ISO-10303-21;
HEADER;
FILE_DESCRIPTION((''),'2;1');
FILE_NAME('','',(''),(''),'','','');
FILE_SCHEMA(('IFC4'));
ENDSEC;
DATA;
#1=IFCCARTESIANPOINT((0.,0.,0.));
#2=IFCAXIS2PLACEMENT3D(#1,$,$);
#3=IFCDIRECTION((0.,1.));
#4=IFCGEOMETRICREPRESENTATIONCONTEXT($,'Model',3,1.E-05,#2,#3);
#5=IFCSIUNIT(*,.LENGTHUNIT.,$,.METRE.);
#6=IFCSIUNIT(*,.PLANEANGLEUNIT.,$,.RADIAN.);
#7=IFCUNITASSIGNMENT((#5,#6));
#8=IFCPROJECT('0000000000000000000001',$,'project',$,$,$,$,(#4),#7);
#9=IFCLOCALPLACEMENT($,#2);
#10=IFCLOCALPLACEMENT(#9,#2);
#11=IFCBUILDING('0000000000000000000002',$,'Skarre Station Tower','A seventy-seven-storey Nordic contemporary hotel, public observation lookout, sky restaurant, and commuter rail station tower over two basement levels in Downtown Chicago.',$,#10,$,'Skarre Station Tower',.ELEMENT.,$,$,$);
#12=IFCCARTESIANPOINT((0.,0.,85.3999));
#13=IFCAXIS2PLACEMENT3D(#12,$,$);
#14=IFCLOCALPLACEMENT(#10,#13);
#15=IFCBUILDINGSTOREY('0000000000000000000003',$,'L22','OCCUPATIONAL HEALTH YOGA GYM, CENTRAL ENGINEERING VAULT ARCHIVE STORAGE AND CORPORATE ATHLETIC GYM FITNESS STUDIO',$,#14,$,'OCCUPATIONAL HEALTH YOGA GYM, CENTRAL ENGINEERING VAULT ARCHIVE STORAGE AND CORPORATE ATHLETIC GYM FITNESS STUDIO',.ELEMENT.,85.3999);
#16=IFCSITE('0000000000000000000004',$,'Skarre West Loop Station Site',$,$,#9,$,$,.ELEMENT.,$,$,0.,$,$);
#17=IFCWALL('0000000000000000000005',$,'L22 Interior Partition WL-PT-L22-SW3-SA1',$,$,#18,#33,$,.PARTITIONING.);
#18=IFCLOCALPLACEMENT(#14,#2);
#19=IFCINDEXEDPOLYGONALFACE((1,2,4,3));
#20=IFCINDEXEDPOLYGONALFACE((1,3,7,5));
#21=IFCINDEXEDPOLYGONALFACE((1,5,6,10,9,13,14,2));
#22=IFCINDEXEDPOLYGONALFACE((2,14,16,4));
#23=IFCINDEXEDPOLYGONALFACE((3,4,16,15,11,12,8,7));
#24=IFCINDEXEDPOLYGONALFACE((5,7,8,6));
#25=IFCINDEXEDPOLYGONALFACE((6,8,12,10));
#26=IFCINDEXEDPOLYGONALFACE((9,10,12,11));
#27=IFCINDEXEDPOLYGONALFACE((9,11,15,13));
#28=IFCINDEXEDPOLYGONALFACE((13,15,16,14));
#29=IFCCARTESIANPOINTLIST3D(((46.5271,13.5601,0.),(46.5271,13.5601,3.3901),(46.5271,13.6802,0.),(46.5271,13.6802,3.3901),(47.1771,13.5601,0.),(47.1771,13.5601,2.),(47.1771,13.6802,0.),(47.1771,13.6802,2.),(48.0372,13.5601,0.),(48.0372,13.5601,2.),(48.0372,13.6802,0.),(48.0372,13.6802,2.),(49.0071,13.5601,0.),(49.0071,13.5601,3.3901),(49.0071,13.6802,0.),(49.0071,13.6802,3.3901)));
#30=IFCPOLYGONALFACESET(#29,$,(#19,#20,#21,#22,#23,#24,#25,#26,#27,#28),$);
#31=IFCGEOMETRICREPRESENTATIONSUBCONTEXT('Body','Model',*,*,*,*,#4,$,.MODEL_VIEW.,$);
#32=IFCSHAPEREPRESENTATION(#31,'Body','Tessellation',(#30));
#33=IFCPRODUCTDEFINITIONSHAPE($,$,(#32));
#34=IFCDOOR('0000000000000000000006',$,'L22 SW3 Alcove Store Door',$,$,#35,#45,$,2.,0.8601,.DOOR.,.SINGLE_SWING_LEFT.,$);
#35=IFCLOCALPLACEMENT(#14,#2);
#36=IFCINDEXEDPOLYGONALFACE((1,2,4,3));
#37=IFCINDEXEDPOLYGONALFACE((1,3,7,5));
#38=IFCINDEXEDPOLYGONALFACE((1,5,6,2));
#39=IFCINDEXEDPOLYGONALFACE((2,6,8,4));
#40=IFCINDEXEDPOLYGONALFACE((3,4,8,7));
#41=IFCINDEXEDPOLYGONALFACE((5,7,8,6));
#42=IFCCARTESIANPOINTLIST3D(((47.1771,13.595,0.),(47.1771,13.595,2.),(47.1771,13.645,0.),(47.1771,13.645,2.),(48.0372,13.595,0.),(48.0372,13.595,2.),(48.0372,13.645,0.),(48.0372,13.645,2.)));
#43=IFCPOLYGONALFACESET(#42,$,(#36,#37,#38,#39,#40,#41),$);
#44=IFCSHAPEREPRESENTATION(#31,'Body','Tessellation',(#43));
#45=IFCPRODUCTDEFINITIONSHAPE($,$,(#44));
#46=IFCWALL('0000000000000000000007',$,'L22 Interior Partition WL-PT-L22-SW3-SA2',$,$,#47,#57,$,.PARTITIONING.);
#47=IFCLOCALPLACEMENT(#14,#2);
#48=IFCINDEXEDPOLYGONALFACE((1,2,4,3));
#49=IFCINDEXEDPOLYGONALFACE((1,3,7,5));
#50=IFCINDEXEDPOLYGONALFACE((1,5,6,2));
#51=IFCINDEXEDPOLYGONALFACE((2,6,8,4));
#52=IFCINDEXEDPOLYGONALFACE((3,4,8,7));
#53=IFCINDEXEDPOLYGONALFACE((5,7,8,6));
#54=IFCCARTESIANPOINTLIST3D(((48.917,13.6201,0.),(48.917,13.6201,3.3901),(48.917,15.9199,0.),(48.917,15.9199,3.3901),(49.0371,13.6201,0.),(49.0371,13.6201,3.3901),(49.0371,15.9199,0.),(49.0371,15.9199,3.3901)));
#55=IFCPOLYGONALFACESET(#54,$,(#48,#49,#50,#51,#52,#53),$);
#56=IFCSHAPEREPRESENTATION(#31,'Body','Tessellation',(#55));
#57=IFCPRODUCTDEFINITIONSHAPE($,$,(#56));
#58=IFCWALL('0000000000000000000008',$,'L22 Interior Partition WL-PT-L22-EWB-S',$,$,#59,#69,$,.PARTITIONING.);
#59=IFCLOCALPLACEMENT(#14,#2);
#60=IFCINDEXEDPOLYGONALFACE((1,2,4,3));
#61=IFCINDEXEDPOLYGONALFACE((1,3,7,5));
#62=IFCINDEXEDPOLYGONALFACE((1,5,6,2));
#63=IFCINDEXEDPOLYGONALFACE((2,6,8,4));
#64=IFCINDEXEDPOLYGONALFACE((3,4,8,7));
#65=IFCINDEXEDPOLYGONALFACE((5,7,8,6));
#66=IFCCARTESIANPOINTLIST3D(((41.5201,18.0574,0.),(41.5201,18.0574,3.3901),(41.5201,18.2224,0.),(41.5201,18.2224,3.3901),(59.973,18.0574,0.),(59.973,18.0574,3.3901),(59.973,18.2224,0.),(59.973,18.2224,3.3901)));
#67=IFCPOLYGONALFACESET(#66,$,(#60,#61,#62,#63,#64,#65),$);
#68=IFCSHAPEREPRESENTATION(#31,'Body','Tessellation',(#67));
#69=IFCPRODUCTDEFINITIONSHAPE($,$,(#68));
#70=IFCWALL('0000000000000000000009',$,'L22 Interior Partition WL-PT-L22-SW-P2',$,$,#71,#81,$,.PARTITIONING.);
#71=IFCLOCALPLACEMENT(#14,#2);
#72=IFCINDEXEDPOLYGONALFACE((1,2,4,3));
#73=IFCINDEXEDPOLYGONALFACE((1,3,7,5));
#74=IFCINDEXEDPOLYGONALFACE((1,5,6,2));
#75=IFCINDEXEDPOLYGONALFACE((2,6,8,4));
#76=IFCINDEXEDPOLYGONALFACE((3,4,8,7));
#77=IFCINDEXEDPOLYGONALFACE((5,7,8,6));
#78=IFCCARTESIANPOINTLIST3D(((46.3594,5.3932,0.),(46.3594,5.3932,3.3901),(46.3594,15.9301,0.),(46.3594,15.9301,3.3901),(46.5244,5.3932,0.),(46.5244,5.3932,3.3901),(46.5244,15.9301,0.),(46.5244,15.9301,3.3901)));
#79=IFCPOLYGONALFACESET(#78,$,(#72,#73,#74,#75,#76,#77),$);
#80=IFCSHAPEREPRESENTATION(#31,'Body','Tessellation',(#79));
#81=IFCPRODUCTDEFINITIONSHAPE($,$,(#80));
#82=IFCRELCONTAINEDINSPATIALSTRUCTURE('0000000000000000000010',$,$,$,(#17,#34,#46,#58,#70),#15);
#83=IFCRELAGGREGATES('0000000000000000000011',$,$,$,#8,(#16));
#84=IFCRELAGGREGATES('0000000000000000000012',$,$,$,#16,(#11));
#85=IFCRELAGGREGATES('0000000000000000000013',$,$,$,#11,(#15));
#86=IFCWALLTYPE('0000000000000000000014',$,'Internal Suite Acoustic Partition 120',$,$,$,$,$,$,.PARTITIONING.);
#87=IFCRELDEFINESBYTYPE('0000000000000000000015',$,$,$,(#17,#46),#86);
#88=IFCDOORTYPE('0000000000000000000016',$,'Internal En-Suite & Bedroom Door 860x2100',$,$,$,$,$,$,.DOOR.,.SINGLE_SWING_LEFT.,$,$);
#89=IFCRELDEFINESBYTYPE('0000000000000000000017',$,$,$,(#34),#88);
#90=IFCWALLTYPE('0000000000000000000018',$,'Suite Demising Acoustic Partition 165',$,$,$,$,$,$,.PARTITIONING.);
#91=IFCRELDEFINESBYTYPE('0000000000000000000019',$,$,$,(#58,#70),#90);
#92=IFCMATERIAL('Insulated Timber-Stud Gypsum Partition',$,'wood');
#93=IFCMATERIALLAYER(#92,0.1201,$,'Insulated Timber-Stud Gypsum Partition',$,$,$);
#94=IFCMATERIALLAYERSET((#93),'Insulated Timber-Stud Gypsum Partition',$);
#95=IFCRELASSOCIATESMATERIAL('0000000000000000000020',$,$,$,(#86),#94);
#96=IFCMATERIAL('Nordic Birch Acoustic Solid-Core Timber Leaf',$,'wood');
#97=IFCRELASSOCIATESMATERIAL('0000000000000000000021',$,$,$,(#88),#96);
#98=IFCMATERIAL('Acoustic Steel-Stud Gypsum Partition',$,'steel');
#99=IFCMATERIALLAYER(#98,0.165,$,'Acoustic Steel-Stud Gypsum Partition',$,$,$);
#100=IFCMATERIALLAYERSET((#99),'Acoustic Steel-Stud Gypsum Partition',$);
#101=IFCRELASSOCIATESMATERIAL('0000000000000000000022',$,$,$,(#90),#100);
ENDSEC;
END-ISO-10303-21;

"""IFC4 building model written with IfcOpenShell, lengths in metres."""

from ifc_helpers import new_model, si_unit, direction, frame, frame_2d, origin, place, context, subcontext, project, spatial, rectangle, extrude, material, layer, layer_set, type_object, element, fill, save


model = new_model("IFC4")

# Units and contexts
model_context = context("Model", 3, precision=1e-05, world=origin(), true_north=direction((0.0, 1.0)))
body_context = subcontext(model_context, "Body", "Model", "MODEL_VIEW")
ifc_project = project(units=[si_unit("LENGTHUNIT", "METRE"), si_unit("PLANEANGLEUNIT", "RADIAN")], contexts=[model_context])

# Site, building, storey
site_placement = place(None, origin())
site = spatial("IfcSite", under=ifc_project, at=site_placement, Name="Skarre West Loop Station Site", CompositionType="ELEMENT", RefElevation=0.0)
building_placement = place(site_placement, origin())
building = spatial("IfcBuilding", under=site, at=building_placement, Name="Skarre Station Tower", Description="A seventy-seven-storey Nordic contemporary hotel, public observation lookout, sky restaurant, and commuter rail station tower over two basement levels in Downtown Chicago.", LongName="Skarre Station Tower", CompositionType="ELEMENT")
storey_placement = place(building_placement, frame((0.0, 0.0, 85.3999)))
storey = spatial("IfcBuildingStorey", under=building, at=storey_placement, Name="L22", Description="OCCUPATIONAL HEALTH YOGA GYM, CENTRAL ENGINEERING VAULT ARCHIVE STORAGE AND CORPORATE ATHLETIC GYM FITNESS STUDIO", LongName="OCCUPATIONAL HEALTH YOGA GYM, CENTRAL ENGINEERING VAULT ARCHIVE STORAGE AND CORPORATE ATHLETIC GYM FITNESS STUDIO", CompositionType="ELEMENT", Elevation=85.3999)

# Shared definitions
ifc_material_1 = material(Name="Acoustic Steel-Stud Gypsum Partition", Category="steel")

# Shared definitions
ifc_material_2 = material(Name="Insulated Timber-Stud Gypsum Partition", Category="wood")
ifc_layer_1 = layer(ifc_material_2, 0.1201, Name="Insulated Timber-Stud Gypsum Partition")
ifc_layer_set_1 = layer_set([ifc_layer_1], Name="Insulated Timber-Stud Gypsum Partition")
wall_type_1 = type_object("IfcWallType", Name="Internal Suite Acoustic Partition 120", PredefinedType="PARTITIONING", material=ifc_layer_set_1)

# Wall, opening, door
wall_1_placement = place(storey_placement, frame((46.5271, 13.6201, 0.0), z_axis=(0.0, 0.0, 1.0), x_axis=(1.0, 0.0, 0.0)))
wall_1 = element("IfcWall", 1, at=wall_1_placement, inside=storey, type_object=wall_type_1, Name="L22 Interior Partition WL-PT-L22-SW3-SA1", PredefinedType="PARTITIONING", context=body_context, shape_type="SweptSolid", body=[
    extrude(rectangle(XDim=2.48, YDim=0.1201, at=frame_2d((1.24, 0.0))), origin(), (0.0, 0.0, 1.0), 3.3901),
])
opening_1_placement = place(wall_1_placement, frame((0.6499, 0.0, 0.0)))
opening_1 = element("IfcOpeningElement", 2, at=opening_1_placement, cuts=wall_1, PredefinedType="OPENING", context=body_context, shape_type="SweptSolid", body=[
    extrude(rectangle(XDim=0.8601, YDim=2.0, at=frame_2d((0.4302, 1.0))), frame((0.0, 0.0701, 0.0), z_axis=(0.0, -1.0, 0.0), x_axis=(1.0, 0.0, 0.0)), (0.0, 0.0, 1.0), 0.1401),
])
ifc_material_3 = material(Name="Nordic Birch Acoustic Solid-Core Timber Leaf", Category="wood")
door_type_1 = type_object("IfcDoorType", Name="Internal En-Suite & Bedroom Door 860x2100", OperationType="SINGLE_SWING_LEFT", PredefinedType="DOOR", material=ifc_material_3)
door_1_placement = place(opening_1_placement, origin())
door_1 = element("IfcDoor", 3, at=door_1_placement, inside=storey, type_object=door_type_1, Name="L22 SW3 Alcove Store Door", OperationType="SINGLE_SWING_LEFT", OverallHeight=2.0, OverallWidth=0.8601, PredefinedType="DOOR", context=body_context, shape_type="SweptSolid", body=[
    extrude(rectangle(XDim=0.8601, YDim=2.0, at=frame_2d((0.4302, 1.0))), frame((0.0, 0.0249, 0.0), z_axis=(0.0, -1.0, 0.0), x_axis=(1.0, 0.0, 0.0)), (0.0, 0.0, 1.0), 0.05),
])
fill(opening_1, door_1)

# Walls
wall_2_placement = place(storey_placement, frame((48.9771, 13.6201, 0.0), z_axis=(0.0, 0.0, 1.0), x_axis=(0.0, 1.0, 0.0)))
element("IfcWall", 4, at=wall_2_placement, inside=storey, type_object=wall_type_1, Name="L22 Interior Partition WL-PT-L22-SW3-SA2", PredefinedType="PARTITIONING", context=body_context, shape_type="SweptSolid", body=[
    extrude(rectangle(XDim=2.2998, YDim=0.1201, at=frame_2d((1.1499, 0.0))), origin(), (0.0, 0.0, 1.0), 3.3901),
])
ifc_layer_2 = layer(ifc_material_1, 0.165, Name="Acoustic Steel-Stud Gypsum Partition")
ifc_layer_set_2 = layer_set([ifc_layer_2], Name="Acoustic Steel-Stud Gypsum Partition")
wall_type_2 = type_object("IfcWallType", Name="Suite Demising Acoustic Partition 165", PredefinedType="PARTITIONING", material=ifc_layer_set_2)
wall_3_placement = place(storey_placement, frame((41.52, 18.1399, 0.0), z_axis=(0.0, 0.0, 1.0), x_axis=(1.0, 0.0, 0.0)))
element("IfcWall", 5, at=wall_3_placement, inside=storey, type_object=wall_type_2, Name="L22 Interior Partition WL-PT-L22-EWB-S", PredefinedType="PARTITIONING", context=body_context, shape_type="SweptSolid", body=[
    extrude(rectangle(XDim=18.4529, YDim=0.165, at=frame_2d((9.2266, 0.0))), origin(), (0.0, 0.0, 1.0), 3.3901),
])
wall_4_placement = place(storey_placement, frame((46.4419, 5.3931, 0.0), z_axis=(0.0, 0.0, 1.0), x_axis=(0.0, 1.0, 0.0)))
element("IfcWall", 6, at=wall_4_placement, inside=storey, type_object=wall_type_2, Name="L22 Interior Partition WL-PT-L22-SW-P2", PredefinedType="PARTITIONING", context=body_context, shape_type="SweptSolid", body=[
    extrude(rectangle(XDim=10.5369, YDim=0.165, at=frame_2d((5.2686, 0.0))), origin(), (0.0, 0.0, 1.0), 3.3901),
])

save(model, "model.ifc")
